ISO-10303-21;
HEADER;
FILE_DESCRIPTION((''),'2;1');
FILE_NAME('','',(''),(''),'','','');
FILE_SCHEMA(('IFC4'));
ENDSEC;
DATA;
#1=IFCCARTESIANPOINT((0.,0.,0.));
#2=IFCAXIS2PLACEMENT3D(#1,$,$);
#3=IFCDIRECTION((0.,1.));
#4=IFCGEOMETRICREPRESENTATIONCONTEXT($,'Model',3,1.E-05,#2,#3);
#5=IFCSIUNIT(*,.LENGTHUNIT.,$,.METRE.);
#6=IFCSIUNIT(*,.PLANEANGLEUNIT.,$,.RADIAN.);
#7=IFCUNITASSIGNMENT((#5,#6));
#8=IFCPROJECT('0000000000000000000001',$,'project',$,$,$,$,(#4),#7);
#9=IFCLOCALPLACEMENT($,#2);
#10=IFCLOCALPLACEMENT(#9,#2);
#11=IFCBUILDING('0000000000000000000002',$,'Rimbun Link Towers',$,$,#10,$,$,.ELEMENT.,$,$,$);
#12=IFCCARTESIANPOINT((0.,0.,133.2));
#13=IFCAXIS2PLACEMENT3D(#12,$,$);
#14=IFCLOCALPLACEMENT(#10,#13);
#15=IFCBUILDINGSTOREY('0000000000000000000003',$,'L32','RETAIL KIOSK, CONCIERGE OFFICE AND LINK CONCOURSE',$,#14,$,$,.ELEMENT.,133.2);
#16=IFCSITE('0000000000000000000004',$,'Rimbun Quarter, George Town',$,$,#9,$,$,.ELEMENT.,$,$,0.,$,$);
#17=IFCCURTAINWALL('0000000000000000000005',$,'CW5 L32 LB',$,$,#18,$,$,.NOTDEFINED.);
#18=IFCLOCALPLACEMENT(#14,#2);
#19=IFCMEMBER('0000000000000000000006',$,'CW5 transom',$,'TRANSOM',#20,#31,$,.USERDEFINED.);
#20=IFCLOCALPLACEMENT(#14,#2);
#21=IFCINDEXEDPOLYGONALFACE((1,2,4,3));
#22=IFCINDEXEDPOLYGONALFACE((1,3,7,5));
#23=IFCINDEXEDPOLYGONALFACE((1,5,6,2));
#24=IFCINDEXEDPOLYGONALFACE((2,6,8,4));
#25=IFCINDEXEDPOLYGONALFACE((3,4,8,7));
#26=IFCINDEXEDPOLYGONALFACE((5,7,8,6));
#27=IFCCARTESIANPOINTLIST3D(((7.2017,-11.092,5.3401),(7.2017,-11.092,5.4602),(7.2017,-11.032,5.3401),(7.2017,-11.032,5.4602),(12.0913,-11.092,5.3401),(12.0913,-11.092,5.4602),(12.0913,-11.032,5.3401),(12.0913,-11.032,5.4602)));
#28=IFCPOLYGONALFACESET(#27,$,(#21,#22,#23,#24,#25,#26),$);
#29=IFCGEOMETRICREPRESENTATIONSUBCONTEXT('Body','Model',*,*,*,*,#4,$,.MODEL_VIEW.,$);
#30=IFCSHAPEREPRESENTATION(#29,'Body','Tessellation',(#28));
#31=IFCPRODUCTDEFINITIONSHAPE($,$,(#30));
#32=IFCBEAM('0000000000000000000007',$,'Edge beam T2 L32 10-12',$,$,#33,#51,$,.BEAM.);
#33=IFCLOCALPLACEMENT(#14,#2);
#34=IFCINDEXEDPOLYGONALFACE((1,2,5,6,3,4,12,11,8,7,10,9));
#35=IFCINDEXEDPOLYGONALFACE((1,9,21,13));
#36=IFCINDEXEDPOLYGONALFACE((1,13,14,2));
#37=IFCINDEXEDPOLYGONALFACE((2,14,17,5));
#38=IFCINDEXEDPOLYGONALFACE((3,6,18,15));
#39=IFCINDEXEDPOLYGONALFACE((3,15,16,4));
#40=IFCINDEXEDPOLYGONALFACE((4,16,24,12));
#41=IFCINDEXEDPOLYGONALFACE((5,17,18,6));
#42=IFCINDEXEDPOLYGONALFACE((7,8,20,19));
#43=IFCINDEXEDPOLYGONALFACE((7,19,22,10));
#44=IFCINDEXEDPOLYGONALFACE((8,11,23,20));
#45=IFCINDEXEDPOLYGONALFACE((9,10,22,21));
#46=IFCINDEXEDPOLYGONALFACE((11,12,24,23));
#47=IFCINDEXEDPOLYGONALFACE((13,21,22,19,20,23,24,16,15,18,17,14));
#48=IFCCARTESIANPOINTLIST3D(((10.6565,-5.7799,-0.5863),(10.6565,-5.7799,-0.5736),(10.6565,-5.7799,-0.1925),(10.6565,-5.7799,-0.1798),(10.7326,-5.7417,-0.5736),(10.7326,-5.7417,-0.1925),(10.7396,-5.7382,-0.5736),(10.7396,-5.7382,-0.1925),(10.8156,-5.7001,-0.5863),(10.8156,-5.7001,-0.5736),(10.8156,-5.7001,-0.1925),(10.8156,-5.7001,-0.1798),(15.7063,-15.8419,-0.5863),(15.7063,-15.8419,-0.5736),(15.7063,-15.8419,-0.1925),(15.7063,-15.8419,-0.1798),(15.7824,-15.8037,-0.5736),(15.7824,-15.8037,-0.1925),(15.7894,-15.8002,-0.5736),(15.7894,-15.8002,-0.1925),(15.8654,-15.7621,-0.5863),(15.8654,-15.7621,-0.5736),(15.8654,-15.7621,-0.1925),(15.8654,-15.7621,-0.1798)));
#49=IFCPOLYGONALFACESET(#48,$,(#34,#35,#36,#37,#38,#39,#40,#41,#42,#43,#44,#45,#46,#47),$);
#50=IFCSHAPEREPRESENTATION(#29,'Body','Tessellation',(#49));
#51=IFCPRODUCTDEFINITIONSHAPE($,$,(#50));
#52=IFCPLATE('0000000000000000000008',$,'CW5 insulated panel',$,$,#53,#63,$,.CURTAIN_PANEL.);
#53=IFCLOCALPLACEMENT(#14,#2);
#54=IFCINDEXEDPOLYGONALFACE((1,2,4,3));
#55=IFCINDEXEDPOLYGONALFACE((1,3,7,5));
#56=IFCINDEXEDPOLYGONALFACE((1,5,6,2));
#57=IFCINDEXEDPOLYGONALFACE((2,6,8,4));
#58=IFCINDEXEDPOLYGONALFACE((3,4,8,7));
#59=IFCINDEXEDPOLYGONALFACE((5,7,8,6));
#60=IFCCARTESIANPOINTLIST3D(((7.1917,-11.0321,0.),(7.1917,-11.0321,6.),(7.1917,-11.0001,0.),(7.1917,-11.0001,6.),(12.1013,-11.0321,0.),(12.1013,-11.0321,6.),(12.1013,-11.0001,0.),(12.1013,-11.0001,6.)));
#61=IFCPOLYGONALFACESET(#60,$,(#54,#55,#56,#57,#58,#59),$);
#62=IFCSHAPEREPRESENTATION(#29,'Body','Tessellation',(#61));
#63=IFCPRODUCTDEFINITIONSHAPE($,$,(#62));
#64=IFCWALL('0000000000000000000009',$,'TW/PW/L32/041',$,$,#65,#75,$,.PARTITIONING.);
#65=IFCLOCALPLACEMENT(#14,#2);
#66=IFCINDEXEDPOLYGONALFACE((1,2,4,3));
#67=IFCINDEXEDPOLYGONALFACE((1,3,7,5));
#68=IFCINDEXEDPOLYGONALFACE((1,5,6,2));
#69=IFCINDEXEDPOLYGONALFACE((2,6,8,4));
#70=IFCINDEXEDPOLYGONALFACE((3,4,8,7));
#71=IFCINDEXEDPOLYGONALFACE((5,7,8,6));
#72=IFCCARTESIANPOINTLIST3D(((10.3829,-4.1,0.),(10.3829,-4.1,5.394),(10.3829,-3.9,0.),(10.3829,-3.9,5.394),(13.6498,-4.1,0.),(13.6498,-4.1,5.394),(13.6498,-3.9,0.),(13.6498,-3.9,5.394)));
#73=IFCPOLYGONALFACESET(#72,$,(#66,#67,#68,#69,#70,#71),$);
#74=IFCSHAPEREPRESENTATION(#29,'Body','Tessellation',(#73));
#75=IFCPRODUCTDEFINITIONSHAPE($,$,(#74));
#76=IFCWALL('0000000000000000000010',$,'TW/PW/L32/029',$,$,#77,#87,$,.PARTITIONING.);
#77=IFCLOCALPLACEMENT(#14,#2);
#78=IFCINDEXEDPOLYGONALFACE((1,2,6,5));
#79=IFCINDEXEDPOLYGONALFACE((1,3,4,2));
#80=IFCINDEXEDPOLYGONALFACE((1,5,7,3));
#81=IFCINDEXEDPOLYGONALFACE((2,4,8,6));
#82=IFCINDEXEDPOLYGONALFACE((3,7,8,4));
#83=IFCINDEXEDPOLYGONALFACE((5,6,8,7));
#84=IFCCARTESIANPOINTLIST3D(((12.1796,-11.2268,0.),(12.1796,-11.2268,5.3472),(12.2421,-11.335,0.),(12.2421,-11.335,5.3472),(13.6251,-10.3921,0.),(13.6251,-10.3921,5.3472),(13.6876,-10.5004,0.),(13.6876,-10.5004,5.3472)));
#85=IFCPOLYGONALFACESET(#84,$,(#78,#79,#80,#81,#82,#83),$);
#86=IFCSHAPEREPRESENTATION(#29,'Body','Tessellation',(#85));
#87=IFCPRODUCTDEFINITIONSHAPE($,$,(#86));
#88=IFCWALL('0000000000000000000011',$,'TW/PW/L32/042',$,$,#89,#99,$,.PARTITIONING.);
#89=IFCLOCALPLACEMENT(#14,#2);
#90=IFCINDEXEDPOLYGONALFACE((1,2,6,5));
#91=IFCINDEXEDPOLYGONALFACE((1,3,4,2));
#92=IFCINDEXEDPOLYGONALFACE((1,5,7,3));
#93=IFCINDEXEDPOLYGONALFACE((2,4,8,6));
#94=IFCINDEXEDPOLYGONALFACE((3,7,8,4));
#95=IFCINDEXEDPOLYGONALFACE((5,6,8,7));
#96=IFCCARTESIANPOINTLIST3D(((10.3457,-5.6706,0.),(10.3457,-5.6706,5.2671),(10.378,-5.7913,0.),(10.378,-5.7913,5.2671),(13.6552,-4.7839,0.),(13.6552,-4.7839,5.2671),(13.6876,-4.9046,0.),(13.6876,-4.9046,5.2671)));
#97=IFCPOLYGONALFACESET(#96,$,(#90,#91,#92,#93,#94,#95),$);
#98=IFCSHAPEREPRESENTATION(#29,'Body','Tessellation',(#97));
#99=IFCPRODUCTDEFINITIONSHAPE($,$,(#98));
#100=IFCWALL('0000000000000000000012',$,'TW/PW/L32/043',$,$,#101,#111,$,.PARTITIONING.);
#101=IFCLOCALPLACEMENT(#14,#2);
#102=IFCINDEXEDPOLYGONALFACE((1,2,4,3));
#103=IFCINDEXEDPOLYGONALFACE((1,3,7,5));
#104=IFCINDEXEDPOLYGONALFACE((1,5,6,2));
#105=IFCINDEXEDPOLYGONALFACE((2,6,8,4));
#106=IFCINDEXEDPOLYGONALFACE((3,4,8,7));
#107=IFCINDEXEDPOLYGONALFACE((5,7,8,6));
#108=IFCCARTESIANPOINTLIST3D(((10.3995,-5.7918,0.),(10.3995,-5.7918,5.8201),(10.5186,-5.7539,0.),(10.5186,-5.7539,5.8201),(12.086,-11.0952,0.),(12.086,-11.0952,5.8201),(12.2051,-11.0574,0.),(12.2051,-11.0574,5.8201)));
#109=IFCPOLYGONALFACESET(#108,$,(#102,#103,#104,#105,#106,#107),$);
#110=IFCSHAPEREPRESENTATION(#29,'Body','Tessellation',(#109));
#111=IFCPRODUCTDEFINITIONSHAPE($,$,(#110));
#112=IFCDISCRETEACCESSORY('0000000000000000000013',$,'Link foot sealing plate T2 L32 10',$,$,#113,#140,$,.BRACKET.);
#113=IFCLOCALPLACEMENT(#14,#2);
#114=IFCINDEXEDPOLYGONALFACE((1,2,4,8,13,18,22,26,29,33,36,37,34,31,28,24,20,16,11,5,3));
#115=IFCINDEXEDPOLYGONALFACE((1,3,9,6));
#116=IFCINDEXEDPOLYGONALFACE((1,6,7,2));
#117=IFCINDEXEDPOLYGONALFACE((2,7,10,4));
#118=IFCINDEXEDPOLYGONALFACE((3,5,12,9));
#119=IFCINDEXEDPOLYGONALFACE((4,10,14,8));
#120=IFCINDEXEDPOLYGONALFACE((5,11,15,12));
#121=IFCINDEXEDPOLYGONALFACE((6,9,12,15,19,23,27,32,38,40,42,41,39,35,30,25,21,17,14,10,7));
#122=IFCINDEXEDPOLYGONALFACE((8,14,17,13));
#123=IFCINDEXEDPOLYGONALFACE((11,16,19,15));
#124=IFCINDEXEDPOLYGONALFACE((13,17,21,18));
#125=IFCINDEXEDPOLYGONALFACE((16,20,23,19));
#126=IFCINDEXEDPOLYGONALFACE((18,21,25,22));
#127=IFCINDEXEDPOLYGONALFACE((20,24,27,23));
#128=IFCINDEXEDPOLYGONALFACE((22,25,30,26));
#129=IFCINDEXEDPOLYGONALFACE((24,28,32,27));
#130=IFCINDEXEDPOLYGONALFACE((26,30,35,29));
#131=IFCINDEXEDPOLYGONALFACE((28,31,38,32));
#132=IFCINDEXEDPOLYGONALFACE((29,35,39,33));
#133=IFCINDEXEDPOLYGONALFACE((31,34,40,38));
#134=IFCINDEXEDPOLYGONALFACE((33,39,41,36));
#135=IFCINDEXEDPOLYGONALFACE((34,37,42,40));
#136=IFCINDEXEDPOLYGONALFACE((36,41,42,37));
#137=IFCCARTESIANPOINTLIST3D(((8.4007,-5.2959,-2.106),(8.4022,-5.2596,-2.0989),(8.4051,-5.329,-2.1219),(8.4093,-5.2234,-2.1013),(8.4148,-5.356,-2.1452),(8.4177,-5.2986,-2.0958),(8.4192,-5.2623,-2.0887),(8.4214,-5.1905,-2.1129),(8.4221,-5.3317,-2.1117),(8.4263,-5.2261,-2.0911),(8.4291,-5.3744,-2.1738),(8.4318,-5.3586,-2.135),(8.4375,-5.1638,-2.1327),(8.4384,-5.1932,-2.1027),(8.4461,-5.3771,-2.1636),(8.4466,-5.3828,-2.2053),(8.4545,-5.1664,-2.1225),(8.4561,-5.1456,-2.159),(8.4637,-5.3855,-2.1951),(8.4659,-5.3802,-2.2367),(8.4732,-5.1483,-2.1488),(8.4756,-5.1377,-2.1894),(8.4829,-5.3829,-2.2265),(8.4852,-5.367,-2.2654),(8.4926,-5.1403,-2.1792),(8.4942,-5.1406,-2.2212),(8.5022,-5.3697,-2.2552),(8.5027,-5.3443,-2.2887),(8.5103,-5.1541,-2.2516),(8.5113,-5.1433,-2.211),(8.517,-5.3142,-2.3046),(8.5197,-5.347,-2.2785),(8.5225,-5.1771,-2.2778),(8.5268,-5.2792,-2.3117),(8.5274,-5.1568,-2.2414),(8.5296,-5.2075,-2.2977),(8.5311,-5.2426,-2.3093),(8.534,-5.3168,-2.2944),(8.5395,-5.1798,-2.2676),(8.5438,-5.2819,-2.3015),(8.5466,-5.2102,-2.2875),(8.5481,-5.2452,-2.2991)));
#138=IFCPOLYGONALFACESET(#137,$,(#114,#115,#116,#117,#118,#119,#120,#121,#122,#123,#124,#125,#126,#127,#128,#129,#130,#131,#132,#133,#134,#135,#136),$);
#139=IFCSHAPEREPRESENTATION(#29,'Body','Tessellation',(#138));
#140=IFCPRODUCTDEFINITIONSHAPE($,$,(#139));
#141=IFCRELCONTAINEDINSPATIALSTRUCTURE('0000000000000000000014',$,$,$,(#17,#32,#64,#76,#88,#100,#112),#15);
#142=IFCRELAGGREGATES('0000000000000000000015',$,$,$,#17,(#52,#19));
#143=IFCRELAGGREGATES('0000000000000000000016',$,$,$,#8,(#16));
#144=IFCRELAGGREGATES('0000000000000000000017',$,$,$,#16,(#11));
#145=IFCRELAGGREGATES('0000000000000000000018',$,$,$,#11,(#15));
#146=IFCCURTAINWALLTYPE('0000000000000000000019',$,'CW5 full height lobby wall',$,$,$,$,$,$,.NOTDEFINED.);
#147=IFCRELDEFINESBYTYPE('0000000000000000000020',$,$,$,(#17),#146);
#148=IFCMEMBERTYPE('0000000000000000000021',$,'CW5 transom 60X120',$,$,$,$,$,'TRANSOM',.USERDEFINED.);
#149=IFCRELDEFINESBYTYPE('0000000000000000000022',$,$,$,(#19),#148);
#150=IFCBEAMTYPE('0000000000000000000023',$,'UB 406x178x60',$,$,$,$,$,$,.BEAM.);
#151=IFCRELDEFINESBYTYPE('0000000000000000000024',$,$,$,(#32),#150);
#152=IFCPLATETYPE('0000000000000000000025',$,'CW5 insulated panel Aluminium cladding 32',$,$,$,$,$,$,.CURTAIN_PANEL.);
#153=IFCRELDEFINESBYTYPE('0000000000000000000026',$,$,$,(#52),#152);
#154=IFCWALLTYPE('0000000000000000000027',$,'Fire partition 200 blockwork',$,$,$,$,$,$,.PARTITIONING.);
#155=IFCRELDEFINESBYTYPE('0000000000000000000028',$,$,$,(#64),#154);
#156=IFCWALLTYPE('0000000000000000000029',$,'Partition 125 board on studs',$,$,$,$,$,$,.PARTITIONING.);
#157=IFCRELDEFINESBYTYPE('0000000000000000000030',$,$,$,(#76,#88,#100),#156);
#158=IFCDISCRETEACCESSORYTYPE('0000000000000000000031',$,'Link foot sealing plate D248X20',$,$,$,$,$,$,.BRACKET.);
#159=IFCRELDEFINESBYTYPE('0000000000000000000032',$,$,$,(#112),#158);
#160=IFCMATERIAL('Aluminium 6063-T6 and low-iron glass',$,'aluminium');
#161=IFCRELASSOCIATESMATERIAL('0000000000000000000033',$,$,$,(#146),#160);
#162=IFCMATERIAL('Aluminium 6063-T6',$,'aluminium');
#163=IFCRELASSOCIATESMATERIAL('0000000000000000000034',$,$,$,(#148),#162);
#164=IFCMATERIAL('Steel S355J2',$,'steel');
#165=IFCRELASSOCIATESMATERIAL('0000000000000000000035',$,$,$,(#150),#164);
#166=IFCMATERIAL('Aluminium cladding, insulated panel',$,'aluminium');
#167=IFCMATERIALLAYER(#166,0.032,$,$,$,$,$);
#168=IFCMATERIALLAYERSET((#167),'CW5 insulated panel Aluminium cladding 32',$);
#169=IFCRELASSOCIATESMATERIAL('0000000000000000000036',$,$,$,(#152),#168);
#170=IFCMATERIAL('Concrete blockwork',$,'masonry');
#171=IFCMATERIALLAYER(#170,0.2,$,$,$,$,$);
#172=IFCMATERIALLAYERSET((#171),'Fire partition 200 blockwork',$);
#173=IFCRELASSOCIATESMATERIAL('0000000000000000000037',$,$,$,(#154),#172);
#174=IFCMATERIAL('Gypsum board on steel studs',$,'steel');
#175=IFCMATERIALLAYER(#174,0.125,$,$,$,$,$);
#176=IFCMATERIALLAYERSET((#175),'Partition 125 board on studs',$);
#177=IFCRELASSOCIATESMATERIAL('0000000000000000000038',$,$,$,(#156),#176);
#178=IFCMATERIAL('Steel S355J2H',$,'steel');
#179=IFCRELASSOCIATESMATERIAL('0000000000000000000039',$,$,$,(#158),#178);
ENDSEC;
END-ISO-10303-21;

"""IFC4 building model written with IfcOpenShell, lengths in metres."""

from ifc_helpers import new_model, si_unit, direction, frame, frame_2d, origin, origin_2d, place, context, subcontext, project, spatial, rectangle, circle, i_section, extrude, material, layer, layer_set, material_profile, profile_set, type_object, element, aggregate, save


model = new_model("IFC4")

# Units and contexts
model_context = context("Model", 3, precision=1e-05, world=origin(), true_north=direction((0.0, 1.0)))
body_context = subcontext(model_context, "Body", "Model", "MODEL_VIEW")
ifc_project = project(units=[si_unit("LENGTHUNIT", "METRE"), si_unit("PLANEANGLEUNIT", "RADIAN")], contexts=[model_context])

# Site, building, storey
site_placement = place(None, origin())
site = spatial("IfcSite", under=ifc_project, at=site_placement, Name="Rimbun Quarter, George Town", CompositionType="ELEMENT", RefElevation=0.0)
building_placement = place(site_placement, origin())
building = spatial("IfcBuilding", under=site, at=building_placement, Name="Rimbun Link Towers", CompositionType="ELEMENT")
storey_placement = place(building_placement, frame((0.0, 0.0, 133.2)))
storey = spatial("IfcBuildingStorey", under=building, at=storey_placement, Name="L32", Description="RETAIL KIOSK, CONCIERGE OFFICE AND LINK CONCOURSE", CompositionType="ELEMENT", Elevation=133.2)

# Curtain wall, member
ifc_material_1 = material(Name="Aluminium 6063-T6 and low-iron glass", Category="aluminium")
curtain_wall_type = type_object("IfcCurtainWallType", Name="CW5 full height lobby wall", PredefinedType="NOTDEFINED", material=ifc_material_1)
curtain_wall_placement = place(storey_placement, origin())
curtain_wall = element("IfcCurtainWall", 1, at=curtain_wall_placement, inside=storey, type_object=curtain_wall_type, Name="CW5 L32 LB", PredefinedType="NOTDEFINED")
ifc_material_2 = material(Name="Aluminium 6063-T6", Category="aluminium")
ifc_material_profile_1 = material_profile(ifc_material_2, rectangle(XDim=0.0601, YDim=0.1201, at=origin_2d()), Name="TRANSOM 60X120")
ifc_profile_set_1 = profile_set([ifc_material_profile_1], Name="Aluminium 6063-T6")
member_type_1 = type_object("IfcMemberType", Name="CW5 transom 60X120", ElementType="TRANSOM", PredefinedType="USERDEFINED", material=ifc_profile_set_1)
member_1_placement = place(storey_placement, frame((12.0913, -11.062, 5.4001), z_axis=(-1.0, 0.0, 0.0), x_axis=(0.0, -1.0, 0.0)))
member_1 = element("IfcMember", 2, at=member_1_placement, type_object=member_type_1, Name="CW5 transom", ObjectType="TRANSOM", PredefinedType="USERDEFINED", context=body_context, shape_type="SweptSolid", body=[
    extrude(rectangle(XDim=0.0601, YDim=0.1201, at=origin_2d()), origin(), (0.0, 0.0, 1.0), 4.8896),
])

# Beam
ifc_material_3 = material(Name="Steel S355J2", Category="steel")
ifc_material_profile_2 = material_profile(ifc_material_3, i_section(OverallWidth=0.178, OverallDepth=0.4065, WebThickness=0.0078, FlangeThickness=0.0127, at=origin_2d()), Name="UB 406x178x60")
ifc_profile_set_2 = profile_set([ifc_material_profile_2], Name="Steel S355J2")
beam_type = type_object("IfcBeamType", Name="UB 406x178x60", PredefinedType="BEAM", material=ifc_profile_set_2)
beam_placement = place(storey_placement, frame((10.7361, -5.74, -0.3831), z_axis=(0.448549, -0.893758, 0.0), x_axis=(0.893758, 0.448549, 0.0)))
element("IfcBeam", 3, at=beam_placement, inside=storey, type_object=beam_type, Name="Edge beam T2 L32 10-12", PredefinedType="BEAM", context=body_context, shape_type="SweptSolid", body=[
    extrude(i_section(OverallWidth=0.178, OverallDepth=0.4065, WebThickness=0.0078, FlangeThickness=0.0127, at=origin_2d()), origin(), (0.0, 0.0, 1.0), 11.2581),
])

# Plate
ifc_material_4 = material(Name="Aluminium cladding, insulated panel", Category="aluminium")
ifc_layer_1 = layer(ifc_material_4, 0.032)
ifc_layer_set_1 = layer_set([ifc_layer_1], Name="CW5 insulated panel Aluminium cladding 32")
plate_type = type_object("IfcPlateType", Name="CW5 insulated panel Aluminium cladding 32", PredefinedType="CURTAIN_PANEL", material=ifc_layer_set_1)
plate_placement = place(storey_placement, frame((9.6465, -11.0161, 0.0), z_axis=(0.0, 0.0, 1.0), x_axis=(-1.0, 0.0, 0.0)))
plate = element("IfcPlate", 4, at=plate_placement, type_object=plate_type, Name="CW5 insulated panel", PredefinedType="CURTAIN_PANEL", context=body_context, shape_type="SweptSolid", body=[
    extrude(rectangle(XDim=4.9097, YDim=0.032, at=origin_2d()), origin(), (0.0, 0.0, 1.0), 6.0),
])
aggregate(curtain_wall, [plate, member_1])

# Walls
ifc_material_5 = material(Name="Concrete blockwork", Category="masonry")
ifc_layer_2 = layer(ifc_material_5, 0.2)
ifc_layer_set_2 = layer_set([ifc_layer_2], Name="Fire partition 200 blockwork")
wall_type_1 = type_object("IfcWallType", Name="Fire partition 200 blockwork", PredefinedType="PARTITIONING", material=ifc_layer_set_2)
wall_1_placement = place(storey_placement, frame((10.3831, -4.0, 0.0), z_axis=(0.0, 0.0, 1.0), x_axis=(1.0, 0.0, 0.0)))
element("IfcWall", 5, at=wall_1_placement, inside=storey, type_object=wall_type_1, Name="TW/PW/L32/041", PredefinedType="PARTITIONING", context=body_context, shape_type="SweptSolid", body=[
    extrude(rectangle(XDim=3.2668, YDim=0.2, at=frame_2d((1.6333, 0.0))), origin(), (0.0, 0.0, 1.0), 5.394),
])
ifc_material_6 = material(Name="Gypsum board on steel studs", Category="steel")
ifc_layer_3 = layer(ifc_material_6, 0.125)
ifc_layer_set_3 = layer_set([ifc_layer_3], Name="Partition 125 board on studs")
wall_type_2 = type_object("IfcWallType", Name="Partition 125 board on studs", PredefinedType="PARTITIONING", material=ifc_layer_set_3)
wall_2_placement = place(storey_placement, frame((13.6562, -10.4463, 0.0), z_axis=(0.0, 0.0, 1.0), x_axis=(-0.865993, -0.500056, 0.0)))
element("IfcWall", 6, at=wall_2_placement, inside=storey, type_object=wall_type_2, Name="TW/PW/L32/029", PredefinedType="PARTITIONING", context=body_context, shape_type="SweptSolid", body=[
    extrude(rectangle(XDim=1.6692, YDim=0.125, at=frame_2d((0.8345, 0.0))), origin(), (0.0, 0.0, 1.0), 5.3472),
])
wall_3_placement = place(storey_placement, frame((13.6714, -4.8442, 0.0), z_axis=(0.0, 0.0, 1.0), x_axis=(-0.965932, -0.258798, 0.0)))
element("IfcWall", 7, at=wall_3_placement, inside=storey, type_object=wall_type_2, Name="TW/PW/L32/042", PredefinedType="PARTITIONING", context=body_context, shape_type="SweptSolid", body=[
    extrude(rectangle(XDim=3.4263, YDim=0.125, at=frame_2d((1.7131, 0.0))), origin(), (0.0, 0.0, 1.0), 5.2671),
])
wall_4_placement = place(storey_placement, frame((10.459, -5.7727, 0.0), z_axis=(0.0, 0.0, 1.0), x_axis=(0.30305, -0.952975, 0.0)))
element("IfcWall", 8, at=wall_4_placement, inside=storey, type_object=wall_type_2, Name="TW/PW/L32/043", PredefinedType="PARTITIONING", context=body_context, shape_type="SweptSolid", body=[
    extrude(rectangle(XDim=5.5652, YDim=0.125, at=frame_2d((2.7827, 0.0))), origin(), (0.0, 0.0, 1.0), 5.8201),
])

# Discrete accessory
ifc_material_7 = material(Name="Steel S355J2H", Category="steel")
ifc_material_profile_3 = material_profile(ifc_material_7, circle(Radius=0.124, at=origin_2d()), Name="PL D248")
ifc_profile_set_3 = profile_set([ifc_material_profile_3], Name="Steel S355J2H")
discrete_accessory_type = type_object("IfcDiscreteAccessoryType", Name="Link foot sealing plate D248X20", PredefinedType="BRACKET", material=ifc_profile_set_3)
discrete_accessory_placement = place(storey_placement, frame((8.4829, -5.2629, -2.1951), z_axis=(-0.849812, 0.133542, -0.509887), x_axis=(-0.155238, -0.987877, 0.0)))
element("IfcDiscreteAccessory", 9, at=discrete_accessory_placement, inside=storey, type_object=discrete_accessory_type, Name="Link foot sealing plate T2 L32 10", PredefinedType="BRACKET", context=body_context, shape_type="SweptSolid", body=[
    extrude(circle(Radius=0.124, at=origin_2d()), origin(), (0.0, 0.0, 1.0), 0.02),
])

save(model, "model.ifc")
